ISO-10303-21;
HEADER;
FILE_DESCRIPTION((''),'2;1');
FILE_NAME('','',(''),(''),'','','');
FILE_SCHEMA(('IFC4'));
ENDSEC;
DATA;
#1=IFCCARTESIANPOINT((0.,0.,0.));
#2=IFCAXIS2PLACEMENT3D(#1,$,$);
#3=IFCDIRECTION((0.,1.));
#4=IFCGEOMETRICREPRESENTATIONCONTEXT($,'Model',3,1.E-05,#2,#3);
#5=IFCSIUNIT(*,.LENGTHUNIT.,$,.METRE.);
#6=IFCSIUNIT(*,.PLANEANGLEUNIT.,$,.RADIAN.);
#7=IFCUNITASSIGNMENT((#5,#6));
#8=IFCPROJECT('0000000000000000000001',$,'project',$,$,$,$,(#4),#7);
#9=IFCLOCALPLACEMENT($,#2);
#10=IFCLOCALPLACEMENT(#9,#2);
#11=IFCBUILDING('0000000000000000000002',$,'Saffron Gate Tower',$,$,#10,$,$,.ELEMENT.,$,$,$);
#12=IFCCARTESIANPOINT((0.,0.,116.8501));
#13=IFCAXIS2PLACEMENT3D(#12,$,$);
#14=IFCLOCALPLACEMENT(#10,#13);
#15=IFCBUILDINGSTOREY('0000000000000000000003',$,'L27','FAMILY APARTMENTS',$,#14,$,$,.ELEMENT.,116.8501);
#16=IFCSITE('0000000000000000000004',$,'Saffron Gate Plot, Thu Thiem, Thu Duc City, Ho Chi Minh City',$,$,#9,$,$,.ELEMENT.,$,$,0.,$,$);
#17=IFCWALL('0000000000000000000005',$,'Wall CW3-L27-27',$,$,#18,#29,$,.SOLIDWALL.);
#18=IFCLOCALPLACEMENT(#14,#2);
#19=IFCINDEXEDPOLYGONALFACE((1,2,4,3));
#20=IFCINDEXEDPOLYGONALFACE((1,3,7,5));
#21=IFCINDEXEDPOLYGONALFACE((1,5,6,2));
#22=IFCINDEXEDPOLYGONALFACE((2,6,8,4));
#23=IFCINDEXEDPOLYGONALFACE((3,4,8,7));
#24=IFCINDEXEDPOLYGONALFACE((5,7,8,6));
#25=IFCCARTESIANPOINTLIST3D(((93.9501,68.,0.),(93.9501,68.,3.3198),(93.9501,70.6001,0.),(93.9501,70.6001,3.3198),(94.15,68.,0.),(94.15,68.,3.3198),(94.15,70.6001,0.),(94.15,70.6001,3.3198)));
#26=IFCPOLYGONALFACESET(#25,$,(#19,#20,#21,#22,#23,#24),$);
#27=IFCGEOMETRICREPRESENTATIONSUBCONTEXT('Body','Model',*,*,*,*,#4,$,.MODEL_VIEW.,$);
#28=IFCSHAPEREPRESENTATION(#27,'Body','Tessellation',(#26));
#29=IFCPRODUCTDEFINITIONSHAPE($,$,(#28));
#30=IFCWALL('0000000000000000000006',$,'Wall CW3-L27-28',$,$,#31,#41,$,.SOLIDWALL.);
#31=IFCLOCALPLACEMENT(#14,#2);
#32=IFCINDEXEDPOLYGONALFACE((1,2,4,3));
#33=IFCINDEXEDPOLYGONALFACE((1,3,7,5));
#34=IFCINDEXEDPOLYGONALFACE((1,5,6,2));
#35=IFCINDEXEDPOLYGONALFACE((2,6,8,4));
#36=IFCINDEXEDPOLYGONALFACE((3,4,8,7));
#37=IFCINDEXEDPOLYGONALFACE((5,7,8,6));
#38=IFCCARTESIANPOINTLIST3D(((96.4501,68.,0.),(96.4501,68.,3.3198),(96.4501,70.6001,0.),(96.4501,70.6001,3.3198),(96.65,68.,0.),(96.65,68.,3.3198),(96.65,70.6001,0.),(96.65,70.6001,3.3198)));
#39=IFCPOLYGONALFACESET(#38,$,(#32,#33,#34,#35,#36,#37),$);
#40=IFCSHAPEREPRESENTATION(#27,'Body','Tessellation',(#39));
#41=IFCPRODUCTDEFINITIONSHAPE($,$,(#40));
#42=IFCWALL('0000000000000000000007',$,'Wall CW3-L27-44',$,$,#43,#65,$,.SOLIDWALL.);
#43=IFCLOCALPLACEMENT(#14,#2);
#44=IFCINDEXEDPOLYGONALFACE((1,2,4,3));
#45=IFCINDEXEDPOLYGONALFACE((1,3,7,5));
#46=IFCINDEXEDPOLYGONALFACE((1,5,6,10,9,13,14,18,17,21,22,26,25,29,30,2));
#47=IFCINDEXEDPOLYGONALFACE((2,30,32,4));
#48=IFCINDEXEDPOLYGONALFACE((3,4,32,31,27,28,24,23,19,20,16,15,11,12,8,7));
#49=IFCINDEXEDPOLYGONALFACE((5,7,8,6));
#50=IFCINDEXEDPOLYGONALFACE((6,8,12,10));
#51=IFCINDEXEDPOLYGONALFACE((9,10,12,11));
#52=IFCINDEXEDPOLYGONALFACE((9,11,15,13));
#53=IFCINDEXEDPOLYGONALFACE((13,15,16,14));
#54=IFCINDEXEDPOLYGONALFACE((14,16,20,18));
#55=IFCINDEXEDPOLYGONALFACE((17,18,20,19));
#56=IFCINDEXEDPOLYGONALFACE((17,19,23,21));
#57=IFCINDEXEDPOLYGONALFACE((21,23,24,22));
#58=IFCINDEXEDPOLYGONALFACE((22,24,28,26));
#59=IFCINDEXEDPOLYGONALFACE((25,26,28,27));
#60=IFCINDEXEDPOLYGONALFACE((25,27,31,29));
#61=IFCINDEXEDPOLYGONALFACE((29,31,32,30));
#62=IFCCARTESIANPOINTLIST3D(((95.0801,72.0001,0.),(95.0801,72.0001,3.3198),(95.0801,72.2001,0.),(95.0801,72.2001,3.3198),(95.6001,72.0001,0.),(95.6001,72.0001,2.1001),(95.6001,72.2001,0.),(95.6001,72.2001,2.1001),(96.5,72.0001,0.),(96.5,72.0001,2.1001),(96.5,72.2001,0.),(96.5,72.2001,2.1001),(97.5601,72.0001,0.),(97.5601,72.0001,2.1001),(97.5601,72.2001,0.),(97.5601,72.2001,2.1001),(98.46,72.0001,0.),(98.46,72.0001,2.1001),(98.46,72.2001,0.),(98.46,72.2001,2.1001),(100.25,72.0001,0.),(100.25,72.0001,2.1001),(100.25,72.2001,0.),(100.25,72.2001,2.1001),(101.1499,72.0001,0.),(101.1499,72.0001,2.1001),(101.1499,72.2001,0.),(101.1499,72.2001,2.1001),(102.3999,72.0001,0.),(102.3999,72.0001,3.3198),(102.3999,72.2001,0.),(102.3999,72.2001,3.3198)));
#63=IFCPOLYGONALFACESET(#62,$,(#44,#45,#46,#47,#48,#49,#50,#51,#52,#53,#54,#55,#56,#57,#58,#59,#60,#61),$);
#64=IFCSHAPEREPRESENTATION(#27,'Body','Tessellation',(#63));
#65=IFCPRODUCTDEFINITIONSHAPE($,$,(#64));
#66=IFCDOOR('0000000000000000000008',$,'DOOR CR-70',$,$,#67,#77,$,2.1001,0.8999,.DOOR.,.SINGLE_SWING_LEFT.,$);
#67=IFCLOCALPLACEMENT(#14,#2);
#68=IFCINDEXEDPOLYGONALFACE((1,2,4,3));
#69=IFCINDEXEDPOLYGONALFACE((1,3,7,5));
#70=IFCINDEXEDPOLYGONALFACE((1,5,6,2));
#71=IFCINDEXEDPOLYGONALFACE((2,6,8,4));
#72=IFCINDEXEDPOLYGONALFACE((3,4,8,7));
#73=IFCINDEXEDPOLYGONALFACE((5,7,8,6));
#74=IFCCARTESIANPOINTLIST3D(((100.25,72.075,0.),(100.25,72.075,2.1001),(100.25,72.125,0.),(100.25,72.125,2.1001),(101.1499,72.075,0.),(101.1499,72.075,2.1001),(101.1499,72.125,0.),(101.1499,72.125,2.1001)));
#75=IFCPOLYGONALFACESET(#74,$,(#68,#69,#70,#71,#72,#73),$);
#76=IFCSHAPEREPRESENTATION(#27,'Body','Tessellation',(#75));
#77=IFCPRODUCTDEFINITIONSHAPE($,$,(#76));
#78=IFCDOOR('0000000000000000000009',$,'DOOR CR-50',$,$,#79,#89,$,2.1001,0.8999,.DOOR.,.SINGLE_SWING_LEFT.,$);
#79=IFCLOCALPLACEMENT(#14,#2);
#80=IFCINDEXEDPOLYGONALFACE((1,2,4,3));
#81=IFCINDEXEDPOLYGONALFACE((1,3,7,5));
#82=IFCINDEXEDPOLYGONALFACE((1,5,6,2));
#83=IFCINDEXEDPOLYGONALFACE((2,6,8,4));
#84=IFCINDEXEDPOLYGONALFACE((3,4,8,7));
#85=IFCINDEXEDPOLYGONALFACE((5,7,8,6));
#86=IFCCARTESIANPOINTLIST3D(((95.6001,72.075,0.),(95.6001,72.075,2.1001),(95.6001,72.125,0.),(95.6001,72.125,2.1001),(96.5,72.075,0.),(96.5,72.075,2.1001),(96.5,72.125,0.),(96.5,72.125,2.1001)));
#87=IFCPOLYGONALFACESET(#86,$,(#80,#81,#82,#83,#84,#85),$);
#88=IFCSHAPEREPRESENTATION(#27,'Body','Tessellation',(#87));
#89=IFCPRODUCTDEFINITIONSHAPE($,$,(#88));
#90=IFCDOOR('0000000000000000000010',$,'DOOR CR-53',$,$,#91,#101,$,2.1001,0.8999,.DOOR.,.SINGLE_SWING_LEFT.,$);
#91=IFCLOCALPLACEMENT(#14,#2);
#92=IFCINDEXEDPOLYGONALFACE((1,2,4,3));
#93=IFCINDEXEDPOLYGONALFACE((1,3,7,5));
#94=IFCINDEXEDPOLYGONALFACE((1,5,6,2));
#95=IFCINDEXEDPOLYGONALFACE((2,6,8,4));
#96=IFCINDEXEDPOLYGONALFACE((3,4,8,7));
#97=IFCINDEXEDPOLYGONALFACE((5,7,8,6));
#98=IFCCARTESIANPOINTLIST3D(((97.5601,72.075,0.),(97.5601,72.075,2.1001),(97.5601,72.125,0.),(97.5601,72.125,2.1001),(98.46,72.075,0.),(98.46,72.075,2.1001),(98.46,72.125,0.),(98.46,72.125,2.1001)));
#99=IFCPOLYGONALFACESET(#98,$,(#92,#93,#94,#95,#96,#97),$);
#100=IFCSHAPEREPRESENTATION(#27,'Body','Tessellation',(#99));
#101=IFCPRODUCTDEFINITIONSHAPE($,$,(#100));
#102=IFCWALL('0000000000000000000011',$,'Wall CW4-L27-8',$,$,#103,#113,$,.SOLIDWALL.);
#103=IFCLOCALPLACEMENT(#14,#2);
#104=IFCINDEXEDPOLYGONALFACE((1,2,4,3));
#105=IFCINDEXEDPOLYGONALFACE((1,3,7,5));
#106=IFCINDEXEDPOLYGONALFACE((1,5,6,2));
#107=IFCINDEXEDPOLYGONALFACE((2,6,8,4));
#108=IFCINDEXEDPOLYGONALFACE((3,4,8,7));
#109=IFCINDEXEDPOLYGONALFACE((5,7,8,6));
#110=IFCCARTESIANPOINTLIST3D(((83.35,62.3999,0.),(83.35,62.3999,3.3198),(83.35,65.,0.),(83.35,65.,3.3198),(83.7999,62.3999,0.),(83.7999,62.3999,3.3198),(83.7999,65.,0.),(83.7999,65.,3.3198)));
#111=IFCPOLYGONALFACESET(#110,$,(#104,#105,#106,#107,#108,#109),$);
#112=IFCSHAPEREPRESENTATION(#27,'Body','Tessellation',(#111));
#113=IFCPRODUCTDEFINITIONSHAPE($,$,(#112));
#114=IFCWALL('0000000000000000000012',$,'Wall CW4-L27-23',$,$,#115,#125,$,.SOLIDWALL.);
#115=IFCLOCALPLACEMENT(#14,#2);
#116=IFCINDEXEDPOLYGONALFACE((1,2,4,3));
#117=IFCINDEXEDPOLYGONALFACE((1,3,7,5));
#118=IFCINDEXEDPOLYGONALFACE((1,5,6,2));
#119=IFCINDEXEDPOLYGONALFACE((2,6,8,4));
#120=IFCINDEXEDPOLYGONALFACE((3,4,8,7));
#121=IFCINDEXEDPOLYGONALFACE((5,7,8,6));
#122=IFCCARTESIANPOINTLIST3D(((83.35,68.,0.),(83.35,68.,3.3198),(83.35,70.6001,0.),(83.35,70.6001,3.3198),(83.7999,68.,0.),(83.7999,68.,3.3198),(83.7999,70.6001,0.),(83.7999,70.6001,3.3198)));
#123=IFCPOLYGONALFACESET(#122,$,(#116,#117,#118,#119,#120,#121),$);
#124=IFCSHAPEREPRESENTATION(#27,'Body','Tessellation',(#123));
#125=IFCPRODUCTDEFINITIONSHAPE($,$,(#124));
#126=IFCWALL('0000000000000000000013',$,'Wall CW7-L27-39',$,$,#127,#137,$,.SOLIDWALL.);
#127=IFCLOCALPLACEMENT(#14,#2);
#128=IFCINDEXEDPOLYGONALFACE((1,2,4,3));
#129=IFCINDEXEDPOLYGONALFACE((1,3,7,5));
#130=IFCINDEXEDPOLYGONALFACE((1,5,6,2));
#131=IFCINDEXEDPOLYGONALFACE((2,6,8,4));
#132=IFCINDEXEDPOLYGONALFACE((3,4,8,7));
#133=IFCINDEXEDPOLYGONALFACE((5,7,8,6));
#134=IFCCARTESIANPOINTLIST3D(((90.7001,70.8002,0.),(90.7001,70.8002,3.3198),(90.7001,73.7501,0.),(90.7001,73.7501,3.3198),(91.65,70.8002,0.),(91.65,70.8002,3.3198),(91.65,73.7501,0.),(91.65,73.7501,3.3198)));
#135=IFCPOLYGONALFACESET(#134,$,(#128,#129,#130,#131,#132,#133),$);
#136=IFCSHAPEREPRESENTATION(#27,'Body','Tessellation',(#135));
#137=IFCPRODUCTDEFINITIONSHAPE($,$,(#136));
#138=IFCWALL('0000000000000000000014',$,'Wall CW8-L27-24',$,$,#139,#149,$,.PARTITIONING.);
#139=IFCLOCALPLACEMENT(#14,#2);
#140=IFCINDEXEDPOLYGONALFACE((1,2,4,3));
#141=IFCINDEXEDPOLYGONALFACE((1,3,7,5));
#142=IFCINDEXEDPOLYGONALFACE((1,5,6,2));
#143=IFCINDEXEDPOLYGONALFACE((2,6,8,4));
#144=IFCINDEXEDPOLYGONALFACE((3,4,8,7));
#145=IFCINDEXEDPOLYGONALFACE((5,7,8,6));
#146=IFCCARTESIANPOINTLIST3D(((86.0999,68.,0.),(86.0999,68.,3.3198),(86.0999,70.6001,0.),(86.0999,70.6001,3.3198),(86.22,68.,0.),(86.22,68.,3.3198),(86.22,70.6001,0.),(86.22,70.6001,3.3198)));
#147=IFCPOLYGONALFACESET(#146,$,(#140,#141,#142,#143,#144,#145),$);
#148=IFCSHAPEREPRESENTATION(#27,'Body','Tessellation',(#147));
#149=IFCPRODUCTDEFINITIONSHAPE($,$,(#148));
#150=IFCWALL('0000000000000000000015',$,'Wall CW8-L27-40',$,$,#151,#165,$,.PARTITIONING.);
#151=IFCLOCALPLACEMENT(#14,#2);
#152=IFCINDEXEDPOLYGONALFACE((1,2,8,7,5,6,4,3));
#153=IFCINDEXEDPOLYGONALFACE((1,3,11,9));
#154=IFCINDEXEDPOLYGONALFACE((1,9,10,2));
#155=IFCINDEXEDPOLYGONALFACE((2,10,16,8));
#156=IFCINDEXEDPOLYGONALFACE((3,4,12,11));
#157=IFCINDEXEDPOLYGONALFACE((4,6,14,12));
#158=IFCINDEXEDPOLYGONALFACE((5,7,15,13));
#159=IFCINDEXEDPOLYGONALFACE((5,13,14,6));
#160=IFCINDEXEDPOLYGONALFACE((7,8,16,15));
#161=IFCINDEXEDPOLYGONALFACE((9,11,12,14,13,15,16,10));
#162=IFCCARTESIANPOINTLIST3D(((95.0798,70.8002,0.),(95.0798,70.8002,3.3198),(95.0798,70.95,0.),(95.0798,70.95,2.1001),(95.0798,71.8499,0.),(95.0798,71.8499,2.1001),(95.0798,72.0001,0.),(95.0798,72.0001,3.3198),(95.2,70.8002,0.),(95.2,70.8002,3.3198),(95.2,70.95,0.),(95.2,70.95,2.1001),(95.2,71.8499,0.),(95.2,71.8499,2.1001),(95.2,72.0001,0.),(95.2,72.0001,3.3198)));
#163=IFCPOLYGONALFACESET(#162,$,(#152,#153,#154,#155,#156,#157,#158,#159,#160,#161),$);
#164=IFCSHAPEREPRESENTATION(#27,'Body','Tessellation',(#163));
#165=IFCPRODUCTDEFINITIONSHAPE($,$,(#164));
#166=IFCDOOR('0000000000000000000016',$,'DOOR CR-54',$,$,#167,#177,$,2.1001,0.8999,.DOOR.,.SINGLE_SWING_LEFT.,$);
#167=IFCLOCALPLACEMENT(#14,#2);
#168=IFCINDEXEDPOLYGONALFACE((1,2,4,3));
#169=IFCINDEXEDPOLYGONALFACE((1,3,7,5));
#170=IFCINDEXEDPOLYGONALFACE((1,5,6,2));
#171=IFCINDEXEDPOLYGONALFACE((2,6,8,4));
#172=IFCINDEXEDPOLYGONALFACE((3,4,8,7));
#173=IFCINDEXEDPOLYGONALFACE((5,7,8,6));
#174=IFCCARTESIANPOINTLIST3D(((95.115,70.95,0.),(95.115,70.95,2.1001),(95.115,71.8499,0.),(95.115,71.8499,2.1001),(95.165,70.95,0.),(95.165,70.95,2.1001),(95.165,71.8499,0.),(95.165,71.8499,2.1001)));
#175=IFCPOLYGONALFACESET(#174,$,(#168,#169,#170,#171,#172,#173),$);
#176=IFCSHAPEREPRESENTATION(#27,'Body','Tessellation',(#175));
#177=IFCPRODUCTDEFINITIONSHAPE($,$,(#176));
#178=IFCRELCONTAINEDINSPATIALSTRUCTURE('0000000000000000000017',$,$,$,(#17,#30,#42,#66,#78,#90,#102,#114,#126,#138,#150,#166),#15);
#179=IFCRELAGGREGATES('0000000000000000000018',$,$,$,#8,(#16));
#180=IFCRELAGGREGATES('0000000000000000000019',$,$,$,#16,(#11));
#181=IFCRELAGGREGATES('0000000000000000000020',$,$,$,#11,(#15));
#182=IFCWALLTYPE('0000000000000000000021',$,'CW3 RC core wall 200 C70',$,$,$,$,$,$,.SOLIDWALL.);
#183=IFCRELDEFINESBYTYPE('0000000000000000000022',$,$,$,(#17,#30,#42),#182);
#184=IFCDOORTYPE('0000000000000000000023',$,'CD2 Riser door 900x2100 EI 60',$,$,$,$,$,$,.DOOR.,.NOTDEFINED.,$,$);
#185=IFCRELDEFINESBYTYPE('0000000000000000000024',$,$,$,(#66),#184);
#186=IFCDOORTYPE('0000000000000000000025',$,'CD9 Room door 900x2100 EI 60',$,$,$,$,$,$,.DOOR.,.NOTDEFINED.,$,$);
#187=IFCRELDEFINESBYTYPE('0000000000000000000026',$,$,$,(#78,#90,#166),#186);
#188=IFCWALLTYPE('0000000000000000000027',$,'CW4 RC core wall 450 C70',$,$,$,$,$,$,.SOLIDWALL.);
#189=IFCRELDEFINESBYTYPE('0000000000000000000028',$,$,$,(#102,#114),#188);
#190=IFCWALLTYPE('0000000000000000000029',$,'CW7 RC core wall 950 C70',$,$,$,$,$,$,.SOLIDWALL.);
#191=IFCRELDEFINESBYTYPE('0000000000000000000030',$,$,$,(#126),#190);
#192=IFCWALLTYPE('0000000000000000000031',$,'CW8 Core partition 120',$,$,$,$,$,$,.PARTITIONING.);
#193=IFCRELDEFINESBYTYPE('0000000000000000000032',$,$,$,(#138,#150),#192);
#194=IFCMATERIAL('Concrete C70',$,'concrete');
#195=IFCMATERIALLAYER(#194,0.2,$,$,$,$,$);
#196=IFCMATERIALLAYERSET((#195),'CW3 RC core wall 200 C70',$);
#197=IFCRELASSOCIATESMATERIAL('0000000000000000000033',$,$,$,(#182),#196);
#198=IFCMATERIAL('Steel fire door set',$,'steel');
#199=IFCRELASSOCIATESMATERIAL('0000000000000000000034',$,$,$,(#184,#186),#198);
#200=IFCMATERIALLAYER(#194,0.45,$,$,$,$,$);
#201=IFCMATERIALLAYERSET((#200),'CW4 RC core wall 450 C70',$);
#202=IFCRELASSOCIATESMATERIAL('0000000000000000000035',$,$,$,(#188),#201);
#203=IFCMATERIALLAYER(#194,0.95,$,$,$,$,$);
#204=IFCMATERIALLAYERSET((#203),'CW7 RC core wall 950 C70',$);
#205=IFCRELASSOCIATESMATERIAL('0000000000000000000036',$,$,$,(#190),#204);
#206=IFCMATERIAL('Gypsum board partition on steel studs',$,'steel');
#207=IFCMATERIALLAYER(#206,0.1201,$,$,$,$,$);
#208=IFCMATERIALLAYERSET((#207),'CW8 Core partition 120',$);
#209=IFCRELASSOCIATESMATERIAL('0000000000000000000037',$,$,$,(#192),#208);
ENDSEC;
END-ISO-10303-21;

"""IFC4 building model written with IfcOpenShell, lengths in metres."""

from ifc_helpers import new_model, si_unit, direction, frame, frame_2d, origin, place, context, subcontext, project, spatial, rectangle, extrude, material, layer, layer_set, type_object, element, fill, save


model = new_model("IFC4")

# Units and contexts
model_context = context("Model", 3, precision=1e-05, world=origin(), true_north=direction((0.0, 1.0)))
body_context = subcontext(model_context, "Body", "Model", "MODEL_VIEW")
ifc_project = project(units=[si_unit("LENGTHUNIT", "METRE"), si_unit("PLANEANGLEUNIT", "RADIAN")], contexts=[model_context])

# Site, building, storey
site_placement = place(None, origin())
site = spatial("IfcSite", under=ifc_project, at=site_placement, Name="Saffron Gate Plot, Thu Thiem, Thu Duc City, Ho Chi Minh City", CompositionType="ELEMENT", RefElevation=0.0)
building_placement = place(site_placement, origin())
building = spatial("IfcBuilding", under=site, at=building_placement, Name="Saffron Gate Tower", CompositionType="ELEMENT")
storey_placement = place(building_placement, frame((0.0, 0.0, 116.8501)))
storey = spatial("IfcBuildingStorey", under=building, at=storey_placement, Name="L27", Description="FAMILY APARTMENTS", CompositionType="ELEMENT", Elevation=116.8501)

# Shared definitions
ifc_material_1 = material(Name="Gypsum board partition on steel studs", Category="steel")
ifc_material_2 = material(Name="Concrete C70", Category="concrete")

# Shared definitions
ifc_material_3 = material(Name="Steel fire door set", Category="steel")

# Shared definitions
ifc_layer_1 = layer(ifc_material_2, 0.2)
ifc_layer_set_1 = layer_set([ifc_layer_1], Name="CW3 RC core wall 200 C70")
wall_type_1 = type_object("IfcWallType", Name="CW3 RC core wall 200 C70", PredefinedType="SOLIDWALL", material=ifc_layer_set_1)

# Shared definitions
door_type_1 = type_object("IfcDoorType", Name="CD2 Riser door 900x2100 EI 60", OperationType="NOTDEFINED", PredefinedType="DOOR", material=ifc_material_3)

# Walls
for number, where, z_axis, x_axis, name in (
    (1, (94.05, 68.0, 0.0), (0.0, 0.0, 1.0), (0.0, 1.0, 0.0), "Wall CW3-L27-27"),
    (2, (96.55, 68.0, 0.0), (0.0, 0.0, 1.0), (0.0, 1.0, 0.0), "Wall CW3-L27-28"),
):
    element("IfcWall", number, at=place(storey_placement, frame(where, z_axis=z_axis, x_axis=x_axis)), inside=storey, type_object=wall_type_1, Name=name, PredefinedType="SOLIDWALL", context=body_context, shape_type="SweptSolid", body=[
        extrude(rectangle(XDim=2.6001, YDim=0.2, at=frame_2d((1.3, 0.0))), origin(), (0.0, 0.0, 1.0), 3.3198),
    ])

# Wall, openings, doors
wall_1_placement = place(storey_placement, frame((95.0801, 72.1001, 0.0), z_axis=(0.0, 0.0, 1.0), x_axis=(1.0, 0.0, 0.0)))
wall_1 = element("IfcWall", 3, at=wall_1_placement, inside=storey, type_object=wall_type_1, Name="Wall CW3-L27-44", PredefinedType="SOLIDWALL", context=body_context, shape_type="SweptSolid", body=[
    extrude(rectangle(XDim=7.3198, YDim=0.2, at=frame_2d((3.6599, 0.0))), origin(), (0.0, 0.0, 1.0), 3.3198),
])
opening_1_placement = place(wall_1_placement, frame((0.52, 0.0, 0.0)))
opening_1 = element("IfcOpeningElement", 4, at=opening_1_placement, cuts=wall_1, PredefinedType="OPENING", context=body_context, shape_type="SweptSolid", body=[
    extrude(rectangle(XDim=0.8999, YDim=2.1001, at=frame_2d((0.45, 1.05))), frame((0.0, 0.1099, 0.0), z_axis=(0.0, -1.0, 0.0), x_axis=(1.0, 0.0, 0.0)), (0.0, 0.0, 1.0), 0.22),
])
opening_2_placement = place(wall_1_placement, frame((2.48, 0.0, 0.0)))
opening_2 = element("IfcOpeningElement", 5, at=opening_2_placement, cuts=wall_1, PredefinedType="OPENING", context=body_context, shape_type="SweptSolid", body=[
    extrude(rectangle(XDim=0.8999, YDim=2.1001, at=frame_2d((0.45, 1.05))), frame((0.0, 0.1099, 0.0), z_axis=(0.0, -1.0, 0.0), x_axis=(1.0, 0.0, 0.0)), (0.0, 0.0, 1.0), 0.22),
])
opening_3_placement = place(wall_1_placement, frame((5.1699, 0.0, 0.0)))
opening_3 = element("IfcOpeningElement", 6, at=opening_3_placement, cuts=wall_1, PredefinedType="OPENING", context=body_context, shape_type="SweptSolid", body=[
    extrude(rectangle(XDim=0.8999, YDim=2.1001, at=frame_2d((0.45, 1.05))), frame((0.0, 0.1099, 0.0), z_axis=(0.0, -1.0, 0.0), x_axis=(1.0, 0.0, 0.0)), (0.0, 0.0, 1.0), 0.22),
])
door_1_placement = place(opening_3_placement, origin())
door_1 = element("IfcDoor", 7, at=door_1_placement, inside=storey, type_object=door_type_1, Name="DOOR CR-70", OperationType="SINGLE_SWING_LEFT", OverallHeight=2.1001, OverallWidth=0.8999, PredefinedType="DOOR", context=body_context, shape_type="SweptSolid", body=[
    extrude(rectangle(XDim=0.8999, YDim=2.1001, at=frame_2d((0.45, 1.05))), frame((0.0, 0.0249, 0.0), z_axis=(0.0, -1.0, 0.0), x_axis=(1.0, 0.0, 0.0)), (0.0, 0.0, 1.0), 0.05),
])
fill(opening_3, door_1)
door_type_2 = type_object("IfcDoorType", Name="CD9 Room door 900x2100 EI 60", OperationType="NOTDEFINED", PredefinedType="DOOR", material=ifc_material_3)
door_2_placement = place(opening_1_placement, origin())
door_2 = element("IfcDoor", 8, at=door_2_placement, inside=storey, type_object=door_type_2, Name="DOOR CR-50", OperationType="SINGLE_SWING_LEFT", OverallHeight=2.1001, OverallWidth=0.8999, PredefinedType="DOOR", context=body_context, shape_type="SweptSolid", body=[
    extrude(rectangle(XDim=0.8999, YDim=2.1001, at=frame_2d((0.45, 1.05))), frame((0.0, 0.0249, 0.0), z_axis=(0.0, -1.0, 0.0), x_axis=(1.0, 0.0, 0.0)), (0.0, 0.0, 1.0), 0.05),
])
fill(opening_1, door_2)
door_3_placement = place(opening_2_placement, origin())
door_3 = element("IfcDoor", 9, at=door_3_placement, inside=storey, type_object=door_type_2, Name="DOOR CR-53", OperationType="SINGLE_SWING_LEFT", OverallHeight=2.1001, OverallWidth=0.8999, PredefinedType="DOOR", context=body_context, shape_type="SweptSolid", body=[
    extrude(rectangle(XDim=0.8999, YDim=2.1001, at=frame_2d((0.45, 1.05))), frame((0.0, 0.0249, 0.0), z_axis=(0.0, -1.0, 0.0), x_axis=(1.0, 0.0, 0.0)), (0.0, 0.0, 1.0), 0.05),
])
fill(opening_2, door_3)

# Walls
ifc_layer_2 = layer(ifc_material_2, 0.45)
ifc_layer_set_2 = layer_set([ifc_layer_2], Name="CW4 RC core wall 450 C70")
wall_type_2 = type_object("IfcWallType", Name="CW4 RC core wall 450 C70", PredefinedType="SOLIDWALL", material=ifc_layer_set_2)
for number, where, z_axis, x_axis, name in (
    (10, (83.575, 62.3999, 0.0), (0.0, 0.0, 1.0), (0.0, 1.0, 0.0), "Wall CW4-L27-8"),
    (11, (83.575, 68.0, 0.0), (0.0, 0.0, 1.0), (0.0, 1.0, 0.0), "Wall CW4-L27-23"),
):
    element("IfcWall", number, at=place(storey_placement, frame(where, z_axis=z_axis, x_axis=x_axis)), inside=storey, type_object=wall_type_2, Name=name, PredefinedType="SOLIDWALL", context=body_context, shape_type="SweptSolid", body=[
        extrude(rectangle(XDim=2.6001, YDim=0.45, at=frame_2d((1.3, 0.0))), origin(), (0.0, 0.0, 1.0), 3.3198),
    ])
ifc_layer_3 = layer(ifc_material_2, 0.95)
ifc_layer_set_3 = layer_set([ifc_layer_3], Name="CW7 RC core wall 950 C70")
wall_type_3 = type_object("IfcWallType", Name="CW7 RC core wall 950 C70", PredefinedType="SOLIDWALL", material=ifc_layer_set_3)
wall_2_placement = place(storey_placement, frame((91.175, 70.8, 0.0), z_axis=(0.0, 0.0, 1.0), x_axis=(0.0, 1.0, 0.0)))
element("IfcWall", 12, at=wall_2_placement, inside=storey, type_object=wall_type_3, Name="Wall CW7-L27-39", PredefinedType="SOLIDWALL", context=body_context, shape_type="SweptSolid", body=[
    extrude(rectangle(XDim=2.95, YDim=0.95, at=frame_2d((1.4751, 0.0))), origin(), (0.0, 0.0, 1.0), 3.3198),
])
ifc_layer_4 = layer(ifc_material_1, 0.1201)
ifc_layer_set_4 = layer_set([ifc_layer_4], Name="CW8 Core partition 120")
wall_type_4 = type_object("IfcWallType", Name="CW8 Core partition 120", PredefinedType="PARTITIONING", material=ifc_layer_set_4)
wall_3_placement = place(storey_placement, frame((86.1599, 68.0, 0.0), z_axis=(0.0, 0.0, 1.0), x_axis=(0.0, 1.0, 0.0)))
element("IfcWall", 13, at=wall_3_placement, inside=storey, type_object=wall_type_4, Name="Wall CW8-L27-24", PredefinedType="PARTITIONING", context=body_context, shape_type="SweptSolid", body=[
    extrude(rectangle(XDim=2.6001, YDim=0.1201, at=frame_2d((1.3, 0.0))), origin(), (0.0, 0.0, 1.0), 3.3198),
])

# Wall, opening, door
wall_4_placement = place(storey_placement, frame((95.1399, 70.8, 0.0), z_axis=(0.0, 0.0, 1.0), x_axis=(0.0, 1.0, 0.0)))
wall_4 = element("IfcWall", 14, at=wall_4_placement, inside=storey, type_object=wall_type_4, Name="Wall CW8-L27-40", PredefinedType="PARTITIONING", context=body_context, shape_type="SweptSolid", body=[
    extrude(rectangle(XDim=1.2, YDim=0.1201, at=frame_2d((0.6001, 0.0))), origin(), (0.0, 0.0, 1.0), 3.3198),
])
opening_4_placement = place(wall_4_placement, frame((0.1499, 0.0, 0.0)))
opening_4 = element("IfcOpeningElement", 15, at=opening_4_placement, cuts=wall_4, PredefinedType="OPENING", context=body_context, shape_type="SweptSolid", body=[
    extrude(rectangle(XDim=0.8999, YDim=2.1001, at=frame_2d((0.45, 1.05))), frame((0.0, 0.0701, 0.0), z_axis=(0.0, -1.0, 0.0), x_axis=(1.0, 0.0, 0.0)), (0.0, 0.0, 1.0), 0.1401),
])
door_4_placement = place(opening_4_placement, origin())
door_4 = element("IfcDoor", 16, at=door_4_placement, inside=storey, type_object=door_type_2, Name="DOOR CR-54", OperationType="SINGLE_SWING_LEFT", OverallHeight=2.1001, OverallWidth=0.8999, PredefinedType="DOOR", context=body_context, shape_type="SweptSolid", body=[
    extrude(rectangle(XDim=0.8999, YDim=2.1001, at=frame_2d((0.45, 1.05))), frame((0.0, 0.0249, 0.0), z_axis=(0.0, -1.0, 0.0), x_axis=(1.0, 0.0, 0.0)), (0.0, 0.0, 1.0), 0.05),
])
fill(opening_4, door_4)

save(model, "model.ifc")
